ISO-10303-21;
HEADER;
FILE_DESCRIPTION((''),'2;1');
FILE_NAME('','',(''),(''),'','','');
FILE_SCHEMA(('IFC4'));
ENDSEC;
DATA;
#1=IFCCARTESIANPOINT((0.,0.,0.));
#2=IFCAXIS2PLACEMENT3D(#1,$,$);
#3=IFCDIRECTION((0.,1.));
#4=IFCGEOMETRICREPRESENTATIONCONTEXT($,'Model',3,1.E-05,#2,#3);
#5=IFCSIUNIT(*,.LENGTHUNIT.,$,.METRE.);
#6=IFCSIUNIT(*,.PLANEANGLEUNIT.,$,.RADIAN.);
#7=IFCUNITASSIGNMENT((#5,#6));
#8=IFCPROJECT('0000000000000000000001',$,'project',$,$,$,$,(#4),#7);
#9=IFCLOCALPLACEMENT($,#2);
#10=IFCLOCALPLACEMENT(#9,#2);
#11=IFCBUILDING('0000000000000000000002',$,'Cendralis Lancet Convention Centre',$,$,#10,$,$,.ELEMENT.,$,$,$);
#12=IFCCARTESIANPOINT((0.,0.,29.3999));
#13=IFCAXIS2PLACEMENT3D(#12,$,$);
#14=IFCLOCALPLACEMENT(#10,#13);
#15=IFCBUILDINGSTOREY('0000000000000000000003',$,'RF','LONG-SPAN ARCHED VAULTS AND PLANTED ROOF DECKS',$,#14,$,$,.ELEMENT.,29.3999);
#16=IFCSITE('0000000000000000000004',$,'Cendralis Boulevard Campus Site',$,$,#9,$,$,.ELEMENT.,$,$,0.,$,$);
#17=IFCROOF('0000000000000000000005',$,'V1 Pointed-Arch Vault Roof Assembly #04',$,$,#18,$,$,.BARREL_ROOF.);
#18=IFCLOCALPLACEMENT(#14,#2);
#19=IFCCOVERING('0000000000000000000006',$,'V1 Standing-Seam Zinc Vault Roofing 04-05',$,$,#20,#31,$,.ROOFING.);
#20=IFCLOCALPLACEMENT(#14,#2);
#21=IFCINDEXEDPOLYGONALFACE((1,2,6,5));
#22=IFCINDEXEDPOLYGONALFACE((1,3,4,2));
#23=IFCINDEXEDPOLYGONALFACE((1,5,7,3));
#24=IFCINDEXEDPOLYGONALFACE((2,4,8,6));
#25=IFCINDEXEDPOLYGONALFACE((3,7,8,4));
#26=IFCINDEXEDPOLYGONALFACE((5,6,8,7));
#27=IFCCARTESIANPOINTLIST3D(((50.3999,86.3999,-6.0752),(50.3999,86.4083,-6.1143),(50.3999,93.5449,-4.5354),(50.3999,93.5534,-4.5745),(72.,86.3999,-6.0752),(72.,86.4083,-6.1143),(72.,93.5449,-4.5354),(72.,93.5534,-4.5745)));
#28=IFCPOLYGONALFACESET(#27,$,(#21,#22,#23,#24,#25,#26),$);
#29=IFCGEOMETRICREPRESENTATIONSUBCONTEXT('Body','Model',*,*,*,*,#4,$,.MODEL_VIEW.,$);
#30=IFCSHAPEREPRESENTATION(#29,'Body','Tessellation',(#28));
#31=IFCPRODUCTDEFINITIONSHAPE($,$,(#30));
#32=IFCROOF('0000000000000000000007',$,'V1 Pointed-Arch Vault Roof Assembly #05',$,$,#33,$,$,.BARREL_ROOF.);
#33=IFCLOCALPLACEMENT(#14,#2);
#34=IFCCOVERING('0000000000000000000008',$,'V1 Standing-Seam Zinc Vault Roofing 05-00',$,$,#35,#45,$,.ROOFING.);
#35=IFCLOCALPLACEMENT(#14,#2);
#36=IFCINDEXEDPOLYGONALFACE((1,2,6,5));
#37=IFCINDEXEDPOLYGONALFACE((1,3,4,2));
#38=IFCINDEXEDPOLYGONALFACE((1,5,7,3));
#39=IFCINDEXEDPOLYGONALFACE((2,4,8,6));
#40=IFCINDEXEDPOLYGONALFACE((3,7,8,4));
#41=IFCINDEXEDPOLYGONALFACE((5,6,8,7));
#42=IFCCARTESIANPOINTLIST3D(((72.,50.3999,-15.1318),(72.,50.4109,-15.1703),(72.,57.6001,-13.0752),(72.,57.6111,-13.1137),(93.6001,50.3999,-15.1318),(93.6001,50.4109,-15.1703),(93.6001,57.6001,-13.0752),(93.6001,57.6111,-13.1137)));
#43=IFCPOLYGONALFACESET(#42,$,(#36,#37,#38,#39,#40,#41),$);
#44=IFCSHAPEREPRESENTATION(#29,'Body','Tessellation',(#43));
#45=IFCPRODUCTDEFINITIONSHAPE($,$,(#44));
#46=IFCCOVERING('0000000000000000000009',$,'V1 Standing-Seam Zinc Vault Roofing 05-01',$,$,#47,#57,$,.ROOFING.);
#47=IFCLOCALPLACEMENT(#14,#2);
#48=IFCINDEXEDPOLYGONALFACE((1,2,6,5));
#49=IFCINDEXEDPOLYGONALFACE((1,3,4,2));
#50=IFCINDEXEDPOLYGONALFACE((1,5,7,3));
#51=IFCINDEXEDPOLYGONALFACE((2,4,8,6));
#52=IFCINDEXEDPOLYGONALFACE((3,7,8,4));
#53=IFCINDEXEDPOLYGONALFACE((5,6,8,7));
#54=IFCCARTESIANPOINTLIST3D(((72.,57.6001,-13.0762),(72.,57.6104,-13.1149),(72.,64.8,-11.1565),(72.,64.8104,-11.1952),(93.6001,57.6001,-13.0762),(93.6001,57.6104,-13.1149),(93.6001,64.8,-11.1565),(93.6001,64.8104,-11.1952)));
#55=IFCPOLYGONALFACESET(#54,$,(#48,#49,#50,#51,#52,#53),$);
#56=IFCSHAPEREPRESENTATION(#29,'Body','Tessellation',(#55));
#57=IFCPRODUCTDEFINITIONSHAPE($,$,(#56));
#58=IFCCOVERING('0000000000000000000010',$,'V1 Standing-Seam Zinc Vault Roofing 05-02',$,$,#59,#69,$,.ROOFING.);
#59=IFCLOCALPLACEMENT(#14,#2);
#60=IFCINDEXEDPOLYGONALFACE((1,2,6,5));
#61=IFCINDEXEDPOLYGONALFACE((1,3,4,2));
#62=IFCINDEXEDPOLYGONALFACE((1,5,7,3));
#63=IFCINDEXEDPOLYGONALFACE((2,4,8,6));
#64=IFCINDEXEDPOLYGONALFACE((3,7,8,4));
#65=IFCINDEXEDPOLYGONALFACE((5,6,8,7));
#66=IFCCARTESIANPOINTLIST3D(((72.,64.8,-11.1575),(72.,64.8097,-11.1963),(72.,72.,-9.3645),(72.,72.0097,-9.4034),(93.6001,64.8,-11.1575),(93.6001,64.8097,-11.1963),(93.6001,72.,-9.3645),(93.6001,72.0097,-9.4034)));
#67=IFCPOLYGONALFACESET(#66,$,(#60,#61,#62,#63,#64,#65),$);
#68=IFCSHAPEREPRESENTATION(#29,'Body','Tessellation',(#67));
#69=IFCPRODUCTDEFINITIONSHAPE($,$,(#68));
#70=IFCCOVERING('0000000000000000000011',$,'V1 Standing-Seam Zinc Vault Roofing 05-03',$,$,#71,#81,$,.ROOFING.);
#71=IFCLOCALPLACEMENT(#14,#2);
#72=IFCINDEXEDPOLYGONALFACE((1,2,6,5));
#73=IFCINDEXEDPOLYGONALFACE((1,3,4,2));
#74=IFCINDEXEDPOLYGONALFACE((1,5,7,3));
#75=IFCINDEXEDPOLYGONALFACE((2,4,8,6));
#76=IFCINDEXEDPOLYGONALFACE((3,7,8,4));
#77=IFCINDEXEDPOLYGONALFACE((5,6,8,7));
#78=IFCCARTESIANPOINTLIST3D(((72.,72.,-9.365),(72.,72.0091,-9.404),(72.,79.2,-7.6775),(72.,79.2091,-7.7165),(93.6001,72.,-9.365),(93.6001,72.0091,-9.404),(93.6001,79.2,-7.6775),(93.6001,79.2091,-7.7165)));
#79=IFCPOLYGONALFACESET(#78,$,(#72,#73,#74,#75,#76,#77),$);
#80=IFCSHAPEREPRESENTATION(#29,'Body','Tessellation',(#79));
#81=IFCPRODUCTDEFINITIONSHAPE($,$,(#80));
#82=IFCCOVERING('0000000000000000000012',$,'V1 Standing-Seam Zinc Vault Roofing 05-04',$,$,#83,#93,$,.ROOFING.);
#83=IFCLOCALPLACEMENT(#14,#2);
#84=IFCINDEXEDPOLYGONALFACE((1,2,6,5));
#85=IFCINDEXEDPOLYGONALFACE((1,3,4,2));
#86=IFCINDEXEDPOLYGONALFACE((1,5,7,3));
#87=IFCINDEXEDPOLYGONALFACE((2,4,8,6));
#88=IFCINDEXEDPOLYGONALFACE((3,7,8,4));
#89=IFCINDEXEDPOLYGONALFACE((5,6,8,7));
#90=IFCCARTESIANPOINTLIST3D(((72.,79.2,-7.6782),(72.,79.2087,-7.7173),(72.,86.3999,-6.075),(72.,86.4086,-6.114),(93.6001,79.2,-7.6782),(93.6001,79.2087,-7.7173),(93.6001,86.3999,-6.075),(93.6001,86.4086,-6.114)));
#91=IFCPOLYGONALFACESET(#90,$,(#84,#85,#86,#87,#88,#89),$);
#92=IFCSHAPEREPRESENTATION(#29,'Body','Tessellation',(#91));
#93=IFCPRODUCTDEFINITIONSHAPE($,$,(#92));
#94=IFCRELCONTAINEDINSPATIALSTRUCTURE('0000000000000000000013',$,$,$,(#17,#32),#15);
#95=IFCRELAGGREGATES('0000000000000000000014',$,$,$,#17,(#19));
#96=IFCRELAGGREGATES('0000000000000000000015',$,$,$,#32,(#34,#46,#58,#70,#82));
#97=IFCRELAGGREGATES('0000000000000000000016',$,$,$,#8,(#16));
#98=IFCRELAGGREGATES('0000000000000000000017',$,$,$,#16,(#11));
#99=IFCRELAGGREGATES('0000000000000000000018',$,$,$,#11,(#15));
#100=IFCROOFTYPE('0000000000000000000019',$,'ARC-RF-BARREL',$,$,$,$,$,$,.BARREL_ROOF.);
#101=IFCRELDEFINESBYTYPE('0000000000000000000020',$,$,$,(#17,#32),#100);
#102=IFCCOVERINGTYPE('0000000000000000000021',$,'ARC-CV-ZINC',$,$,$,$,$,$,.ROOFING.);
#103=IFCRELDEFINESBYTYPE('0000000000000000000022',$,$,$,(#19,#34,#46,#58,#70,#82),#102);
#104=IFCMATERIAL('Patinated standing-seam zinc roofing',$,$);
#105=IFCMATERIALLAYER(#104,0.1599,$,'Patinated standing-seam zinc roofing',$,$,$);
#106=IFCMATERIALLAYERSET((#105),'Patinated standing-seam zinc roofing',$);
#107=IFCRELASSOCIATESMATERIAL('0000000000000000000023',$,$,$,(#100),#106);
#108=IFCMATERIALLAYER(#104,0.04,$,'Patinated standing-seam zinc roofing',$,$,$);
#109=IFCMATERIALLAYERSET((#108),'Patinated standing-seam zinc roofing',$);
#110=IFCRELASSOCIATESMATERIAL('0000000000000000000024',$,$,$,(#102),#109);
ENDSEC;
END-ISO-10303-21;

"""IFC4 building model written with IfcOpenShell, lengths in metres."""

from ifc_helpers import new_model, si_unit, direction, frame, origin, place, context, subcontext, project, spatial, polyline, outline, extrude, material, layer, layer_set, type_object, element, aggregate, save


model = new_model("IFC4")

# Units and contexts
model_context = context("Model", 3, precision=1e-05, world=origin(), true_north=direction((0.0, 1.0)))
body_context = subcontext(model_context, "Body", "Model", "MODEL_VIEW")
ifc_project = project(units=[si_unit("LENGTHUNIT", "METRE"), si_unit("PLANEANGLEUNIT", "RADIAN")], contexts=[model_context])

# Site, building, storey
site_placement = place(None, origin())
site = spatial("IfcSite", under=ifc_project, at=site_placement, Name="Cendralis Boulevard Campus Site", CompositionType="ELEMENT", RefElevation=0.0)
building_placement = place(site_placement, origin())
building = spatial("IfcBuilding", under=site, at=building_placement, Name="Cendralis Lancet Convention Centre", CompositionType="ELEMENT")
storey_placement = place(building_placement, frame((0.0, 0.0, 29.3999)))
storey = spatial("IfcBuildingStorey", under=building, at=storey_placement, Name="RF", Description="LONG-SPAN ARCHED VAULTS AND PLANTED ROOF DECKS", CompositionType="ELEMENT", Elevation=29.3999)

# Roofs, coverings
ifc_material_1 = material(Name="Patinated standing-seam zinc roofing")
ifc_layer_1 = layer(ifc_material_1, 0.1599, Name="Patinated standing-seam zinc roofing")
ifc_layer_set_1 = layer_set([ifc_layer_1], Name="Patinated standing-seam zinc roofing")
roof_type = type_object("IfcRoofType", Name="ARC-RF-BARREL", PredefinedType="BARREL_ROOF", material=ifc_layer_set_1)
roof_1_placement = place(storey_placement, origin())
roof_1 = element("IfcRoof", 1, at=roof_1_placement, inside=storey, type_object=roof_type, Name="V1 Pointed-Arch Vault Roof Assembly #04", PredefinedType="BARREL_ROOF")
ifc_layer_2 = layer(ifc_material_1, 0.04, Name="Patinated standing-seam zinc roofing")
ifc_layer_set_2 = layer_set([ifc_layer_2], Name="Patinated standing-seam zinc roofing")
covering_type = type_object("IfcCoveringType", Name="ARC-CV-ZINC", PredefinedType="ROOFING", material=ifc_layer_set_2)
covering_1_placement = place(storey_placement, frame((50.3999, 86.3999, -6.0752), z_axis=(0.0, -0.21067, 0.977557), x_axis=(1.0, 0.0, 0.0)))
covering_1 = element("IfcCovering", 2, at=covering_1_placement, type_object=covering_type, Name="V1 Standing-Seam Zinc Vault Roofing 04-05", PredefinedType="ROOFING", context=body_context, shape_type="SweptSolid", body=[
    extrude(outline(polyline([(0.0, 0.0), (21.6001, 0.0), (21.6001, 7.3091), (0.0, 7.3091), (0.0, 0.0)])), origin(), (0.0, 0.0, -1.0), 0.04),
])
aggregate(roof_1, [covering_1])
roof_2_placement = place(storey_placement, origin())
roof_2 = element("IfcRoof", 3, at=roof_2_placement, inside=storey, type_object=roof_type, Name="V1 Pointed-Arch Vault Roof Assembly #05", PredefinedType="BARREL_ROOF")
covering_2_placement = place(storey_placement, frame((72.0, 50.3999, -15.1318), z_axis=(0.0, -0.274652, 0.961544), x_axis=(1.0, 0.0, 0.0)))
covering_2 = element("IfcCovering", 4, at=covering_2_placement, type_object=covering_type, Name="V1 Standing-Seam Zinc Vault Roofing 05-00", PredefinedType="ROOFING", context=body_context, shape_type="SweptSolid", body=[
    extrude(outline(polyline([(0.0, 0.0), (21.6001, 0.0), (21.6001, 7.4882), (0.0, 7.4882), (0.0, 0.0)])), origin(), (0.0, 0.0, -1.0), 0.04),
])
covering_3_placement = place(storey_placement, frame((72.0, 57.6001, -13.0762), z_axis=(0.0, -0.257624, 0.966245), x_axis=(1.0, 0.0, 0.0)))
covering_3 = element("IfcCovering", 5, at=covering_3_placement, type_object=covering_type, Name="V1 Standing-Seam Zinc Vault Roofing 05-01", PredefinedType="ROOFING", context=body_context, shape_type="SweptSolid", body=[
    extrude(outline(polyline([(0.0, 0.0), (21.6001, 0.0), (21.6001, 7.4515), (0.0, 7.4515), (0.0, 0.0)])), origin(), (0.0, 0.0, -1.0), 0.04),
])
covering_4_placement = place(storey_placement, frame((72.0, 64.8, -11.1575), z_axis=(0.0, -0.241645, 0.970365), x_axis=(1.0, 0.0, 0.0)))
covering_4 = element("IfcCovering", 6, at=covering_4_placement, type_object=covering_type, Name="V1 Standing-Seam Zinc Vault Roofing 05-02", PredefinedType="ROOFING", context=body_context, shape_type="SweptSolid", body=[
    extrude(outline(polyline([(0.0, 0.0), (21.6001, 0.0), (21.6001, 7.4198), (0.0, 7.4198), (0.0, 0.0)])), origin(), (0.0, 0.0, -1.0), 0.04),
])
covering_5_placement = place(storey_placement, frame((72.0, 72.0, -9.365), z_axis=(0.0, -0.228193, 0.973616), x_axis=(1.0, 0.0, 0.0)))
covering_5 = element("IfcCovering", 7, at=covering_5_placement, type_object=covering_type, Name="V1 Standing-Seam Zinc Vault Roofing 05-03", PredefinedType="ROOFING", context=body_context, shape_type="SweptSolid", body=[
    extrude(outline(polyline([(0.0, 0.0), (21.6001, 0.0), (21.6001, 7.3951), (0.0, 7.3951), (0.0, 0.0)])), origin(), (0.0, 0.0, -1.0), 0.04),
])
covering_6_placement = place(storey_placement, frame((72.0, 79.2, -7.6782), z_axis=(0.0, -0.217354, 0.976093), x_axis=(1.0, 0.0, 0.0)))
covering_6 = element("IfcCovering", 8, at=covering_6_placement, type_object=covering_type, Name="V1 Standing-Seam Zinc Vault Roofing 05-04", PredefinedType="ROOFING", context=body_context, shape_type="SweptSolid", body=[
    extrude(outline(polyline([(0.0, 0.0), (21.6001, 0.0), (21.6001, 7.3763), (0.0, 7.3763), (0.0, 0.0)])), origin(), (0.0, 0.0, -1.0), 0.04),
])
aggregate(roof_2, [covering_2, covering_3, covering_4, covering_5, covering_6])

save(model, "model.ifc")
